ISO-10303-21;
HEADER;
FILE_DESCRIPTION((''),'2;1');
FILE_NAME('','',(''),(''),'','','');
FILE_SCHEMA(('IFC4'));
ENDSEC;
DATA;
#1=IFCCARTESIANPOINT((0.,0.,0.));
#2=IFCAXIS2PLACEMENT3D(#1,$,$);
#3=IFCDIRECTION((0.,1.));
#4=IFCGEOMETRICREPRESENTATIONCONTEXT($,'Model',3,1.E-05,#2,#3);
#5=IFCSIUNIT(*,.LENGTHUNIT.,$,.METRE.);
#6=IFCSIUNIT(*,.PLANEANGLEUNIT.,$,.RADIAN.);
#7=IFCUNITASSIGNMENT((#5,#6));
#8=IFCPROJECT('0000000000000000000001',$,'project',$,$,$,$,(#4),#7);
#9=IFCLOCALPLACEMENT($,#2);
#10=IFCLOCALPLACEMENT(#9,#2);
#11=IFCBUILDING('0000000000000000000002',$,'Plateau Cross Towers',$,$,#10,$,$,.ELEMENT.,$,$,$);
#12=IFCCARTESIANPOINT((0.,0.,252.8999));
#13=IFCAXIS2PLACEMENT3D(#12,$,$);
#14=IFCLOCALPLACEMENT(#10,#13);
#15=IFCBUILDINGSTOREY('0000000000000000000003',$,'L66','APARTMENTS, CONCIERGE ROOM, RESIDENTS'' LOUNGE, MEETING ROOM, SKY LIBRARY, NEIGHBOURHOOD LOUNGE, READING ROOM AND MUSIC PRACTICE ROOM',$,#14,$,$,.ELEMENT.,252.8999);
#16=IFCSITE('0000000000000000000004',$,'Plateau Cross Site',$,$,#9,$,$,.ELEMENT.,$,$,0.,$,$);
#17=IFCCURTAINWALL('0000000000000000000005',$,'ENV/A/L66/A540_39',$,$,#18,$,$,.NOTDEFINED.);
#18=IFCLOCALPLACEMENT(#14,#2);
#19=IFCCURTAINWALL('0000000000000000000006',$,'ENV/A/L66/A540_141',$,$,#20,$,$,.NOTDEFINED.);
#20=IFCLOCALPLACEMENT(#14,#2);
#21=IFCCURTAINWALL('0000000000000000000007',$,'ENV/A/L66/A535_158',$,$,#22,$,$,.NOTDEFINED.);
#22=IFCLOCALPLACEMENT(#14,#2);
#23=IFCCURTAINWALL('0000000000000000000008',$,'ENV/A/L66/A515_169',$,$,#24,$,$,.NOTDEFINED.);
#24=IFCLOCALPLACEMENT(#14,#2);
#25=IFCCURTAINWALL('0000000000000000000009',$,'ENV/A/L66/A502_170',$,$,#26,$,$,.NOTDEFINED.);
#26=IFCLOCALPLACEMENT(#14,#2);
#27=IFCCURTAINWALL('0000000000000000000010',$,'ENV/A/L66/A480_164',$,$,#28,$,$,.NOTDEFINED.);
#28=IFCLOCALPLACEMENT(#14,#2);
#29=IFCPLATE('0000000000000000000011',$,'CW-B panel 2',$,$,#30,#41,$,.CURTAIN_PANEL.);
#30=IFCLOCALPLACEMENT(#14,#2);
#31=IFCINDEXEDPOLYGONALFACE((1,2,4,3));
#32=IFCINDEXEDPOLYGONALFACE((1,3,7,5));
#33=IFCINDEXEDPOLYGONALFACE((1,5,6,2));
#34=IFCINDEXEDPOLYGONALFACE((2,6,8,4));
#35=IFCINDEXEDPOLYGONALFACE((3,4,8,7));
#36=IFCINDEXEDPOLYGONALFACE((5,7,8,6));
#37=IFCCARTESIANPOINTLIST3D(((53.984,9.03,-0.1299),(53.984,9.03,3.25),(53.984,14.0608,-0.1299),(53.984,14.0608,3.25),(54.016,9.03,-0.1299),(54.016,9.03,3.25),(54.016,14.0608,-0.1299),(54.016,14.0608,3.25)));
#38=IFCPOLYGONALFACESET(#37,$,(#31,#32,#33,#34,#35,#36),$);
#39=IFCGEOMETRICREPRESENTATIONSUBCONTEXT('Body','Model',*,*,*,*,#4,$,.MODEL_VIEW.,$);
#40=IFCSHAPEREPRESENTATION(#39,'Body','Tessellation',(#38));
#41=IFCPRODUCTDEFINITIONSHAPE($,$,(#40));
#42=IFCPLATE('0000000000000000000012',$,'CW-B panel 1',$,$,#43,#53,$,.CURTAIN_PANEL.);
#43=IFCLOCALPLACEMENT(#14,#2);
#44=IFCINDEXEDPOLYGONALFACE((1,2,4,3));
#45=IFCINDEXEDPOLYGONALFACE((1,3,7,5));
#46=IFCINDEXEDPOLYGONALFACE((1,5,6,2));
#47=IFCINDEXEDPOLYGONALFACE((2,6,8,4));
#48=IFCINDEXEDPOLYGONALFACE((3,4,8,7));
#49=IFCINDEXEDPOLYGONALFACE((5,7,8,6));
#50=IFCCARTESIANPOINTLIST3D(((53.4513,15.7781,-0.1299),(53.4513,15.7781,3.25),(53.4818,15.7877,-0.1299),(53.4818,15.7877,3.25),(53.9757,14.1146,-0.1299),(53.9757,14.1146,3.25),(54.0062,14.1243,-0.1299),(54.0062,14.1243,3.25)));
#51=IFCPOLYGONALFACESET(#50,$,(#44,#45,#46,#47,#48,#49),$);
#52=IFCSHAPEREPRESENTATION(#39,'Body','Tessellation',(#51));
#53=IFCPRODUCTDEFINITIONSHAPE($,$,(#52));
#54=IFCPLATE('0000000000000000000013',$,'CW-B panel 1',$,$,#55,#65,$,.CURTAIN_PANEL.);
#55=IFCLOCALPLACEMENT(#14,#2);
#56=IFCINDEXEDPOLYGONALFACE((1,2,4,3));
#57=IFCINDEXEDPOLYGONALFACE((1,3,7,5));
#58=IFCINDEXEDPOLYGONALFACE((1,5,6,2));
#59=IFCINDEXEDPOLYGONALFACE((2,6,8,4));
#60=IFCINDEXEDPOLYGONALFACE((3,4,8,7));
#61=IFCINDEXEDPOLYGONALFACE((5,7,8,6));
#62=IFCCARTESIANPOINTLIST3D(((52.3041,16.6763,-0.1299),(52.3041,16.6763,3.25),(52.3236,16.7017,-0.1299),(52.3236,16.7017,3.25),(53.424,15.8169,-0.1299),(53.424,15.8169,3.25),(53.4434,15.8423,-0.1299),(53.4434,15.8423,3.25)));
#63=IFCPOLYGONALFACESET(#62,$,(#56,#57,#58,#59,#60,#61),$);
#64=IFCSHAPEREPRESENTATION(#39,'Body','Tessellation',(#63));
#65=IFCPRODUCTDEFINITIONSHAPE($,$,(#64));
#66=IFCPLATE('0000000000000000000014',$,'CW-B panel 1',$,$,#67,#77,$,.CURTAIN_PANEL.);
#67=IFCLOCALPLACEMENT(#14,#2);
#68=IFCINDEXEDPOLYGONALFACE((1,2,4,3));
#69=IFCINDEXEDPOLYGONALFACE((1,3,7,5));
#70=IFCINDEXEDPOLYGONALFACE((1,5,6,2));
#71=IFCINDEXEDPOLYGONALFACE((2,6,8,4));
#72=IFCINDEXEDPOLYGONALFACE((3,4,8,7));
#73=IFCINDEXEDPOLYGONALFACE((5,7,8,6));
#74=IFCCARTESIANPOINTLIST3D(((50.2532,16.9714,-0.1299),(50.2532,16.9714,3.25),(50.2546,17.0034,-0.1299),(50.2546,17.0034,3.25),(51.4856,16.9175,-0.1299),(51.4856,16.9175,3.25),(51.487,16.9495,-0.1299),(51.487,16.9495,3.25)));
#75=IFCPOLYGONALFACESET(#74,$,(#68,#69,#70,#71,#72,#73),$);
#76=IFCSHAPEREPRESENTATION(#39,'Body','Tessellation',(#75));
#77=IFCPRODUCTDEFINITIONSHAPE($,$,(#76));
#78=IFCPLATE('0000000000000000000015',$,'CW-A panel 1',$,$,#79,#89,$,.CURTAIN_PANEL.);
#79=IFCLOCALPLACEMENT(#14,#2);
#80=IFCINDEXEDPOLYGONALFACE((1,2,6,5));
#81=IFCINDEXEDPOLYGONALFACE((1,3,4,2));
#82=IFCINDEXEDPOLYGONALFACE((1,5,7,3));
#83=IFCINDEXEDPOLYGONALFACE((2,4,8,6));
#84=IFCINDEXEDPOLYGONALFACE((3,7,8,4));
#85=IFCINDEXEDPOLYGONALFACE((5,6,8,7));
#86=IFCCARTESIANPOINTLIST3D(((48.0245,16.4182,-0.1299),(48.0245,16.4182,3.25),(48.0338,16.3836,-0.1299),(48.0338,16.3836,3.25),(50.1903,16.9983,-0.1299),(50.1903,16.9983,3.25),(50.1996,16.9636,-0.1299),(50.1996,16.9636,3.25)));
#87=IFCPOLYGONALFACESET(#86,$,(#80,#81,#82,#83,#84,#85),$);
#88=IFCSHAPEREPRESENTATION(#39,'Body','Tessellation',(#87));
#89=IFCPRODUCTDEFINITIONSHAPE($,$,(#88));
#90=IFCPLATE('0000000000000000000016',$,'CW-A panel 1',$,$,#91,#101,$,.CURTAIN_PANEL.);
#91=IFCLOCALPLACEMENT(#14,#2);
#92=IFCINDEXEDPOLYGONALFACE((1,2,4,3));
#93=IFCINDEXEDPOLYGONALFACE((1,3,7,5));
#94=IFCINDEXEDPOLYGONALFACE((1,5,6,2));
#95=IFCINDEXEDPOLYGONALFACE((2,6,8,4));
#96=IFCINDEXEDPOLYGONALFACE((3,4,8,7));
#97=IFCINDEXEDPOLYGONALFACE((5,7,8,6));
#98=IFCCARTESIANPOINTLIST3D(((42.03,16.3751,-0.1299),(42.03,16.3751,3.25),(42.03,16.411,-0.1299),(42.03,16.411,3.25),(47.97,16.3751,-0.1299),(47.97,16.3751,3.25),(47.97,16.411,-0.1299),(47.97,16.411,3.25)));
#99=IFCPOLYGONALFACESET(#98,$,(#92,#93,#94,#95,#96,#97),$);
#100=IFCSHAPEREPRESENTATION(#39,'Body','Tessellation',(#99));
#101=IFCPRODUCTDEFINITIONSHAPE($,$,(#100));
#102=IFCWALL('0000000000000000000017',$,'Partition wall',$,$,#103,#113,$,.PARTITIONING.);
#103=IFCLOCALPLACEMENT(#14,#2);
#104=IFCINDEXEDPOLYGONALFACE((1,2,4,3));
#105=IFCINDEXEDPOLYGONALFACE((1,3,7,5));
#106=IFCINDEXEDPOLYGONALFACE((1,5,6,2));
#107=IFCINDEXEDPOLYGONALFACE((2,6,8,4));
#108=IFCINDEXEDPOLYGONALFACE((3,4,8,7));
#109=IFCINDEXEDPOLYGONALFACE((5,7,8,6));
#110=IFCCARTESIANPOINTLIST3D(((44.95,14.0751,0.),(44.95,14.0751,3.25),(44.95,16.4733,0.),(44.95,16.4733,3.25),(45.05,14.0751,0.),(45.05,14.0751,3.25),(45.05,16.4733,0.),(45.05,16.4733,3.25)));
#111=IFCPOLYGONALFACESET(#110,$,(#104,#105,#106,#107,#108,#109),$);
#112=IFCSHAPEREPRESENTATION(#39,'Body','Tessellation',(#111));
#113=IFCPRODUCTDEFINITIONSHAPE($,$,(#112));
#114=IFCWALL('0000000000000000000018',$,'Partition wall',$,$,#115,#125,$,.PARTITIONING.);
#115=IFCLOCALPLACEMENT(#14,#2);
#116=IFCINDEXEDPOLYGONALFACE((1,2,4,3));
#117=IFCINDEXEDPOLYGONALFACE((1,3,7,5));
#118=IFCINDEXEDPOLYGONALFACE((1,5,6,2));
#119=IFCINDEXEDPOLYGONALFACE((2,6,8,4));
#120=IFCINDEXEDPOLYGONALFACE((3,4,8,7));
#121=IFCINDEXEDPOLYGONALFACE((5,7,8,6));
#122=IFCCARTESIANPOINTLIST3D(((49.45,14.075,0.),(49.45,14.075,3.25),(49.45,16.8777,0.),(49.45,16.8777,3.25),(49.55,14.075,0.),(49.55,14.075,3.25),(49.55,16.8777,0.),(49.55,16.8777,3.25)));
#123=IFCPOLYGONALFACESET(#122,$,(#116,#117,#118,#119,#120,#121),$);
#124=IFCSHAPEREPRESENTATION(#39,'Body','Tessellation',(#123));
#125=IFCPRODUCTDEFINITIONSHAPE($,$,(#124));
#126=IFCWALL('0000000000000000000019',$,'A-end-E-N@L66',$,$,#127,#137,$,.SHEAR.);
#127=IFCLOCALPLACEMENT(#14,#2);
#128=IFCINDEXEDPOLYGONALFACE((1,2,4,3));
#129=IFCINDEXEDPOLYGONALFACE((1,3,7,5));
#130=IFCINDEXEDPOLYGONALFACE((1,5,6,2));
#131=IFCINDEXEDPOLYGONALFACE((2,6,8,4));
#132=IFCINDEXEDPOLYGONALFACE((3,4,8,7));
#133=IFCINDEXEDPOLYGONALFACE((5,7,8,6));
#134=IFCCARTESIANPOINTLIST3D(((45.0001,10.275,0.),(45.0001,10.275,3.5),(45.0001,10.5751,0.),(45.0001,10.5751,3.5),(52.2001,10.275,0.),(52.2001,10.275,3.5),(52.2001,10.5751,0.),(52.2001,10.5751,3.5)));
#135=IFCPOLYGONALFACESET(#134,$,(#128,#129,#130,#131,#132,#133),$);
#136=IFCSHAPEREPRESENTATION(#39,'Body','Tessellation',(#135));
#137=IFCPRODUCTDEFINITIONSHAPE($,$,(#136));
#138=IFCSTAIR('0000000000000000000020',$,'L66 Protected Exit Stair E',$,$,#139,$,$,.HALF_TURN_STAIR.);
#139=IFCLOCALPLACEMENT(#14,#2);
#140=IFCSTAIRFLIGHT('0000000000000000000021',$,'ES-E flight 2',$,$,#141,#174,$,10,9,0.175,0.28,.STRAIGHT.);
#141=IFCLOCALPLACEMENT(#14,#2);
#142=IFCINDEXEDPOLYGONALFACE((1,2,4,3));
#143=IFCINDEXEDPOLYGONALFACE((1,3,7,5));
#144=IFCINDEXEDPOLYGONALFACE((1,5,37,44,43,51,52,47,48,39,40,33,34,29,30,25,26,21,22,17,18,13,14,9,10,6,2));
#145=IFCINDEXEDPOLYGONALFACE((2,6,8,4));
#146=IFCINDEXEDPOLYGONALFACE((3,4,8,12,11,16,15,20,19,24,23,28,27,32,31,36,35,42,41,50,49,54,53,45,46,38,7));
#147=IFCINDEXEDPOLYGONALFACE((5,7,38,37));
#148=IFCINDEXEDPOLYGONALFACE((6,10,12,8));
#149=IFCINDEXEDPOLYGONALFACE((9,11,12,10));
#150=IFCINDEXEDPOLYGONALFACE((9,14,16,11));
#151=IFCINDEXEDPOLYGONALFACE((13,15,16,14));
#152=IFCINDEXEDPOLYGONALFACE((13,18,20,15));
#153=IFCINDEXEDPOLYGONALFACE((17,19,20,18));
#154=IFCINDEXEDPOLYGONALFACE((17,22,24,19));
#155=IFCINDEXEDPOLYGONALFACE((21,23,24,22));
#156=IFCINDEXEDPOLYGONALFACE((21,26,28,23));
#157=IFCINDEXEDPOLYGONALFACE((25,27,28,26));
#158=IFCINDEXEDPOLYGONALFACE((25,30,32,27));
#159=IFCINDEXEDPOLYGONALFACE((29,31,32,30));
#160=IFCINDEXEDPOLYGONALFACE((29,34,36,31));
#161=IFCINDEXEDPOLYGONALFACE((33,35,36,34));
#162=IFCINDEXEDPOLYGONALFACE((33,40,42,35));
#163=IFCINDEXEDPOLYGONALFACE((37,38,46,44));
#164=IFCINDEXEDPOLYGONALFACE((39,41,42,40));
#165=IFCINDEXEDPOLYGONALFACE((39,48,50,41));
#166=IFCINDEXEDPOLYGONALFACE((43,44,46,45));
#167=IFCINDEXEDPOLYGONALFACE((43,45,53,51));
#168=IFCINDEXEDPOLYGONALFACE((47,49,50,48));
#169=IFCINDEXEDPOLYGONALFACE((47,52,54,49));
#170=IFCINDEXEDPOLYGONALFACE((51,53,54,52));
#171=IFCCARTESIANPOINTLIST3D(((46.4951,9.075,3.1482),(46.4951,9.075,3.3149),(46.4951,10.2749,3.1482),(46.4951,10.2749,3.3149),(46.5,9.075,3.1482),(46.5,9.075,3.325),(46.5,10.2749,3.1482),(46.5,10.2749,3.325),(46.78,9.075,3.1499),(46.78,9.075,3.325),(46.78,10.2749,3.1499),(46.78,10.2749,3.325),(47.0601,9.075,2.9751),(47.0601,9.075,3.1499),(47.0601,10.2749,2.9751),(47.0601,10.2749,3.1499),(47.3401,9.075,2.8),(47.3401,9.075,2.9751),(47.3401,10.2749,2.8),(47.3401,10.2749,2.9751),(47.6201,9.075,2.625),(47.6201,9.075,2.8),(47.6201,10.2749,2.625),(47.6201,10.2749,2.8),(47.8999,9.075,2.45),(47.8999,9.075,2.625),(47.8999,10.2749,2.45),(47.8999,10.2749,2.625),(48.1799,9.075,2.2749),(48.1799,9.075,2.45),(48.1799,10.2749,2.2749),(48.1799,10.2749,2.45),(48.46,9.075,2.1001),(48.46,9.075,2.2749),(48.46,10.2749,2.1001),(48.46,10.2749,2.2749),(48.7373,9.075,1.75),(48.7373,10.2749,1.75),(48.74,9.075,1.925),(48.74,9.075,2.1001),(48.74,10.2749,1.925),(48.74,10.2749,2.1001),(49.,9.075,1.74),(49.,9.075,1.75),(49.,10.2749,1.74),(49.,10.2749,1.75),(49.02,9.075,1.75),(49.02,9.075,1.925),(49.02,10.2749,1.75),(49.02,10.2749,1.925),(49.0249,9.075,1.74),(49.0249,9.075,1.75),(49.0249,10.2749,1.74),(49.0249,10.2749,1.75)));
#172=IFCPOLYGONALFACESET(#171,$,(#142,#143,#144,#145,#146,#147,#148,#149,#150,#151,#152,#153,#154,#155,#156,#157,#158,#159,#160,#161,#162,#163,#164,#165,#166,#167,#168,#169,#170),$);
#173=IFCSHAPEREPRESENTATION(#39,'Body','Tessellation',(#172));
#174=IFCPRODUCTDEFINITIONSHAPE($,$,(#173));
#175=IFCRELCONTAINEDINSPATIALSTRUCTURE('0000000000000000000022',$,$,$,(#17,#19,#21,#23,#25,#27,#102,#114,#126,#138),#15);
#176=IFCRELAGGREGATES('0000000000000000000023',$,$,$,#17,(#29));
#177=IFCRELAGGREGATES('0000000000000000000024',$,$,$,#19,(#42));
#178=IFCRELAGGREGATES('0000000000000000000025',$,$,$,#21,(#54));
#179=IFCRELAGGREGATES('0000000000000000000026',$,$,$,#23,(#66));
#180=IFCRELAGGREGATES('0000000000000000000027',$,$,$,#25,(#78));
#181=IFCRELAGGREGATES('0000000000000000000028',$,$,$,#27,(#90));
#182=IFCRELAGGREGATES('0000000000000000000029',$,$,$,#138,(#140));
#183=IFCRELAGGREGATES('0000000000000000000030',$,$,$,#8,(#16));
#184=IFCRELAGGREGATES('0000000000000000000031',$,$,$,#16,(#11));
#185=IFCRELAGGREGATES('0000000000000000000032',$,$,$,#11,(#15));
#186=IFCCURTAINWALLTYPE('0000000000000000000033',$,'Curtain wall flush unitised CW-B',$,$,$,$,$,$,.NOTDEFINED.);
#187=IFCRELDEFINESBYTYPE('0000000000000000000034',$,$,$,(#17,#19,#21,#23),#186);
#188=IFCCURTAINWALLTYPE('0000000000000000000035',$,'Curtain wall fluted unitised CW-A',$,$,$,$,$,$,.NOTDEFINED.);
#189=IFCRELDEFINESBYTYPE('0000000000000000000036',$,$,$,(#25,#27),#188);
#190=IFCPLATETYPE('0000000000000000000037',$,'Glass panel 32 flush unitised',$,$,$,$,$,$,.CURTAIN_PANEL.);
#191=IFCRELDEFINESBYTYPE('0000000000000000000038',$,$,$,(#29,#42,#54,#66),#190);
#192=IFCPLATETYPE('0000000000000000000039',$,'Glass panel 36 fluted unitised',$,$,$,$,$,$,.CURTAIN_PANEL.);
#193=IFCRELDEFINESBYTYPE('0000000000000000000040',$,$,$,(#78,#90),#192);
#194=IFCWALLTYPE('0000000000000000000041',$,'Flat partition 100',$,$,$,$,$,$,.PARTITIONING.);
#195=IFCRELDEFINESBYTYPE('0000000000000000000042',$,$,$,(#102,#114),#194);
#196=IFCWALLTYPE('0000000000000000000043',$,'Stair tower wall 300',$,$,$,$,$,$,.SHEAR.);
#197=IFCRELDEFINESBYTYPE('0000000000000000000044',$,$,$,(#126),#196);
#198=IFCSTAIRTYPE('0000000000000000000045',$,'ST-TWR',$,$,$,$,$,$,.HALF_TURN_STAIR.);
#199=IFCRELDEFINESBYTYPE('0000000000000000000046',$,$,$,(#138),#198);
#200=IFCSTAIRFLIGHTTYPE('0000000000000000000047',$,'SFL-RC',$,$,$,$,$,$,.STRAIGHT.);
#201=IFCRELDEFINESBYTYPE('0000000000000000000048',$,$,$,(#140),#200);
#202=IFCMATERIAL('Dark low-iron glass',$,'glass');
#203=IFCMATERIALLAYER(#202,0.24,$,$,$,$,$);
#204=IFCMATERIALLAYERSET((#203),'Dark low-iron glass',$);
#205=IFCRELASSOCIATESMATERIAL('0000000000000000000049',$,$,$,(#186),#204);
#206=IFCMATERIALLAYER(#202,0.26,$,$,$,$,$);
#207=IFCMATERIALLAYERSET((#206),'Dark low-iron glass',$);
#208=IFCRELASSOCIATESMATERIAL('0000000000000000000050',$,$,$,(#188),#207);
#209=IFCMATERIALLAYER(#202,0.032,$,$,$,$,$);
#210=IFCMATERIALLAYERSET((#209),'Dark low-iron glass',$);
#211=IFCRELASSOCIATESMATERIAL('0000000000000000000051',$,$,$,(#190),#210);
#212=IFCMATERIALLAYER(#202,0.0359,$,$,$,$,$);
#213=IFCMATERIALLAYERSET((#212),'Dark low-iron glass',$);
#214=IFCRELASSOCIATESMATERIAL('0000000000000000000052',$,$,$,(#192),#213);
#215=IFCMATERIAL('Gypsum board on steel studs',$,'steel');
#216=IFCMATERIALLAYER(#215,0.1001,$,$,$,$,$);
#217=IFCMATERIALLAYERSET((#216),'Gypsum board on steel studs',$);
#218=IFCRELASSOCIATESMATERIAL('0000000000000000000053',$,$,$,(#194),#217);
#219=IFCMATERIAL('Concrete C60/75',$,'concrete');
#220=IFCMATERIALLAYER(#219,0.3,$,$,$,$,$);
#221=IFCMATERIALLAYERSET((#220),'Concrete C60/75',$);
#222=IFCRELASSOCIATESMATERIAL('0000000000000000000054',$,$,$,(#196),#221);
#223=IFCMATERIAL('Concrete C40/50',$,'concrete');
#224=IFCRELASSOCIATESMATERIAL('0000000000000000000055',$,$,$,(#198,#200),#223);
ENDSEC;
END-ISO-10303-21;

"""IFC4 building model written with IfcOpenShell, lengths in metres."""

from ifc_helpers import new_model, si_unit, direction, frame, frame_2d, origin, origin_2d, place, context, subcontext, project, spatial, polyline, rectangle, outline, extrude, material, layer, layer_set, type_object, element, aggregate, save


model = new_model("IFC4")

# Units and contexts
model_context = context("Model", 3, precision=1e-05, world=origin(), true_north=direction((0.0, 1.0)))
body_context = subcontext(model_context, "Body", "Model", "MODEL_VIEW")
ifc_project = project(units=[si_unit("LENGTHUNIT", "METRE"), si_unit("PLANEANGLEUNIT", "RADIAN")], contexts=[model_context])

# Site, building, storey
site_placement = place(None, origin())
site = spatial("IfcSite", under=ifc_project, at=site_placement, Name="Plateau Cross Site", CompositionType="ELEMENT", RefElevation=0.0)
building_placement = place(site_placement, origin())
building = spatial("IfcBuilding", under=site, at=building_placement, Name="Plateau Cross Towers", CompositionType="ELEMENT")
storey_placement = place(building_placement, frame((0.0, 0.0, 252.8999)))
storey = spatial("IfcBuildingStorey", under=building, at=storey_placement, Name="L66", Description="APARTMENTS, CONCIERGE ROOM, RESIDENTS' LOUNGE, MEETING ROOM, SKY LIBRARY, NEIGHBOURHOOD LOUNGE, READING ROOM AND MUSIC PRACTICE ROOM", CompositionType="ELEMENT", Elevation=252.8999)

# Shared definitions
ifc_material_1 = material(Name="Concrete C60/75", Category="concrete")

# Curtain walls
ifc_material_2 = material(Name="Dark low-iron glass", Category="glass")
ifc_layer_1 = layer(ifc_material_2, 0.24)
ifc_layer_set_1 = layer_set([ifc_layer_1], Name="Dark low-iron glass")
curtain_wall_type_1 = type_object("IfcCurtainWallType", Name="Curtain wall flush unitised CW-B", PredefinedType="NOTDEFINED", material=ifc_layer_set_1)
curtain_wall_1_placement = place(storey_placement, origin())
curtain_wall_1 = element("IfcCurtainWall", 1, at=curtain_wall_1_placement, inside=storey, type_object=curtain_wall_type_1, Name="ENV/A/L66/A540_39", PredefinedType="NOTDEFINED")
curtain_wall_2_placement = place(storey_placement, origin())
curtain_wall_2 = element("IfcCurtainWall", 2, at=curtain_wall_2_placement, inside=storey, type_object=curtain_wall_type_1, Name="ENV/A/L66/A540_141", PredefinedType="NOTDEFINED")

# Curtain wall
curtain_wall_3_placement = place(storey_placement, origin())
curtain_wall_3 = element("IfcCurtainWall", 3, at=curtain_wall_3_placement, inside=storey, type_object=curtain_wall_type_1, Name="ENV/A/L66/A535_158", PredefinedType="NOTDEFINED")

# Curtain walls
curtain_wall_4_placement = place(storey_placement, origin())
curtain_wall_4 = element("IfcCurtainWall", 4, at=curtain_wall_4_placement, inside=storey, type_object=curtain_wall_type_1, Name="ENV/A/L66/A515_169", PredefinedType="NOTDEFINED")
ifc_layer_2 = layer(ifc_material_2, 0.26)
ifc_layer_set_2 = layer_set([ifc_layer_2], Name="Dark low-iron glass")
curtain_wall_type_2 = type_object("IfcCurtainWallType", Name="Curtain wall fluted unitised CW-A", PredefinedType="NOTDEFINED", material=ifc_layer_set_2)
curtain_wall_5_placement = place(storey_placement, origin())
curtain_wall_5 = element("IfcCurtainWall", 5, at=curtain_wall_5_placement, inside=storey, type_object=curtain_wall_type_2, Name="ENV/A/L66/A502_170", PredefinedType="NOTDEFINED")
curtain_wall_6_placement = place(storey_placement, origin())
curtain_wall_6 = element("IfcCurtainWall", 6, at=curtain_wall_6_placement, inside=storey, type_object=curtain_wall_type_2, Name="ENV/A/L66/A480_164", PredefinedType="NOTDEFINED")

# Plates
ifc_layer_3 = layer(ifc_material_2, 0.032)
ifc_layer_set_3 = layer_set([ifc_layer_3], Name="Dark low-iron glass")
plate_type_1 = type_object("IfcPlateType", Name="Glass panel 32 flush unitised", PredefinedType="CURTAIN_PANEL", material=ifc_layer_set_3)
plate_1_placement = place(storey_placement, frame((54.0, 11.5454, -0.1299), z_axis=(0.0, 0.0, 1.0), x_axis=(0.0, 1.0, 0.0)))
plate_1 = element("IfcPlate", 7, at=plate_1_placement, type_object=plate_type_1, Name="CW-B panel 2", PredefinedType="CURTAIN_PANEL", context=body_context, shape_type="SweptSolid", body=[
    extrude(rectangle(XDim=5.0308, YDim=0.032, at=origin_2d()), origin(), (0.0, 0.0, 1.0), 3.3799),
])
aggregate(curtain_wall_1, [plate_1])
plate_2_placement = place(storey_placement, frame((53.7288, 14.9512, -0.1299), z_axis=(0.0, 0.0, 1.0), x_axis=(-0.300686, 0.953723, 0.0)))
plate_2 = element("IfcPlate", 8, at=plate_2_placement, type_object=plate_type_1, Name="CW-B panel 1", PredefinedType="CURTAIN_PANEL", context=body_context, shape_type="SweptSolid", body=[
    extrude(rectangle(XDim=1.7441, YDim=0.032, at=origin_2d()), origin(), (0.0, 0.0, 1.0), 3.3799),
])
aggregate(curtain_wall_2, [plate_2])
plate_3_placement = place(storey_placement, frame((52.8738, 16.2593, -0.1299), z_axis=(0.0, 0.0, 1.0), x_axis=(-0.793316, 0.608811, 0.0)))
plate_3 = element("IfcPlate", 9, at=plate_3_placement, type_object=plate_type_1, Name="CW-B panel 1", PredefinedType="CURTAIN_PANEL", context=body_context, shape_type="SweptSolid", body=[
    extrude(rectangle(XDim=1.4116, YDim=0.032, at=origin_2d()), origin(), (0.0, 0.0, 1.0), 3.3799),
])
aggregate(curtain_wall_3, [plate_3])
plate_4_placement = place(storey_placement, frame((50.8701, 16.9604, -0.1299), z_axis=(0.0, 0.0, 1.0), x_axis=(-0.999044, 0.043723, 0.0)))
plate_4 = element("IfcPlate", 10, at=plate_4_placement, type_object=plate_type_1, Name="CW-B panel 1", PredefinedType="CURTAIN_PANEL", context=body_context, shape_type="SweptSolid", body=[
    extrude(rectangle(XDim=1.2336, YDim=0.032, at=origin_2d()), origin(), (0.0, 0.0, 1.0), 3.3799),
])
aggregate(curtain_wall_4, [plate_4])
ifc_layer_4 = layer(ifc_material_2, 0.0359)
ifc_layer_set_4 = layer_set([ifc_layer_4], Name="Dark low-iron glass")
plate_type_2 = type_object("IfcPlateType", Name="Glass panel 36 fluted unitised", PredefinedType="CURTAIN_PANEL", material=ifc_layer_set_4)
plate_5_placement = place(storey_placement, frame((49.1121, 16.6909, -0.1299), z_axis=(0.0, 0.0, 1.0), x_axis=(-0.965958, -0.258699, 0.0)))
plate_5 = element("IfcPlate", 11, at=plate_5_placement, type_object=plate_type_2, Name="CW-A panel 1", PredefinedType="CURTAIN_PANEL", context=body_context, shape_type="SweptSolid", body=[
    extrude(rectangle(XDim=2.2422, YDim=0.0359, at=origin_2d()), origin(), (0.0, 0.0, 1.0), 3.3799),
])
aggregate(curtain_wall_5, [plate_5])
plate_6_placement = place(storey_placement, frame((45.0, 16.3931, -0.1299), z_axis=(0.0, 0.0, 1.0), x_axis=(-1.0, 0.0, 0.0)))
plate_6 = element("IfcPlate", 12, at=plate_6_placement, type_object=plate_type_2, Name="CW-A panel 1", PredefinedType="CURTAIN_PANEL", context=body_context, shape_type="SweptSolid", body=[
    extrude(rectangle(XDim=5.9399, YDim=0.0359, at=origin_2d()), origin(), (0.0, 0.0, 1.0), 3.3799),
])
aggregate(curtain_wall_6, [plate_6])

# Walls
ifc_material_3 = material(Name="Gypsum board on steel studs", Category="steel")
ifc_layer_5 = layer(ifc_material_3, 0.1001)
ifc_layer_set_5 = layer_set([ifc_layer_5], Name="Gypsum board on steel studs")
wall_type_1 = type_object("IfcWallType", Name="Flat partition 100", PredefinedType="PARTITIONING", material=ifc_layer_set_5)
wall_1_placement = place(storey_placement, frame((45.0, 14.075, 0.0), z_axis=(0.0, 0.0, 1.0), x_axis=(0.0, 1.0, 0.0)))
element("IfcWall", 13, at=wall_1_placement, inside=storey, type_object=wall_type_1, Name="Partition wall", PredefinedType="PARTITIONING", context=body_context, shape_type="SweptSolid", body=[
    extrude(rectangle(XDim=2.3982, YDim=0.1001, at=frame_2d((1.1992, 0.0))), origin(), (0.0, 0.0, 1.0), 3.25),
])
wall_2_placement = place(storey_placement, frame((49.5, 14.075, 0.0), z_axis=(0.0, 0.0, 1.0), x_axis=(0.0, 1.0, 0.0)))
element("IfcWall", 14, at=wall_2_placement, inside=storey, type_object=wall_type_1, Name="Partition wall", PredefinedType="PARTITIONING", context=body_context, shape_type="SweptSolid", body=[
    extrude(rectangle(XDim=2.8027, YDim=0.1001, at=frame_2d((1.4014, 0.0))), origin(), (0.0, 0.0, 1.0), 3.25),
])
ifc_layer_6 = layer(ifc_material_1, 0.3)
ifc_layer_set_6 = layer_set([ifc_layer_6], Name="Concrete C60/75")
wall_type_2 = type_object("IfcWallType", Name="Stair tower wall 300", PredefinedType="SHEAR", material=ifc_layer_set_6)
wall_3_placement = place(storey_placement, frame((45.0, 10.425, 0.0), z_axis=(0.0, 0.0, 1.0), x_axis=(1.0, 0.0, 0.0)))
element("IfcWall", 15, at=wall_3_placement, inside=storey, type_object=wall_type_2, Name="A-end-E-N@L66", PredefinedType="SHEAR", context=body_context, shape_type="SweptSolid", body=[
    extrude(rectangle(XDim=7.2, YDim=0.3, at=frame_2d((3.6001, 0.0))), origin(), (0.0, 0.0, 1.0), 3.5),
])

# Stair, stair flight
ifc_material_4 = material(Name="Concrete C40/50", Category="concrete")
stair_type = type_object("IfcStairType", Name="ST-TWR", PredefinedType="HALF_TURN_STAIR", material=ifc_material_4)
stair_placement = place(storey_placement, origin())
stair = element("IfcStair", 16, at=stair_placement, inside=storey, type_object=stair_type, Name="L66 Protected Exit Stair E", PredefinedType="HALF_TURN_STAIR")
stair_flight_type = type_object("IfcStairFlightType", Name="SFL-RC", PredefinedType="STRAIGHT", material=ifc_material_4)
stair_flight_placement = place(storey_placement, frame((49.02, 9.675, 1.75), z_axis=(0.0, 0.0, 1.0), x_axis=(-1.0, 0.0, 0.0)))
stair_flight = element("IfcStairFlight", 17, at=stair_flight_placement, type_object=stair_flight_type, Name="ES-E flight 2", NumberOfRisers=10, NumberOfTreads=9, PredefinedType="STRAIGHT", RiserHeight=0.175, TreadLength=0.28, context=body_context, shape_type="SweptSolid", body=[
    extrude(outline(polyline([(-0.0049, -0.01), (-0.0049, 0.0), (0.0, 0.0), (0.0, 0.175), (0.28, 0.175), (0.28, 0.3501), (0.5601, 0.3501), (0.5601, 0.5249), (0.8401, 0.5249), (0.8401, 0.7), (1.1201, 0.7), (1.1201, 0.875), (1.3999, 0.875), (1.3999, 1.05), (1.6799, 1.05), (1.6799, 1.2251), (1.96, 1.2251), (1.96, 1.3999), (2.24, 1.3999), (2.24, 1.575), (2.52, 1.575), (2.5249, 1.5649), (2.5249, 1.3982), (2.52, 1.3982), (0.2827, 0.0), (0.02, 0.0), (0.02, -0.01), (-0.0049, -0.01)])), frame((0.0, 0.6001, 0.0), z_axis=(0.0, -1.0, 0.0), x_axis=(1.0, 0.0, 0.0)), (0.0, 0.0, 1.0), 1.2),
])
aggregate(stair, [stair_flight])

save(model, "model.ifc")
